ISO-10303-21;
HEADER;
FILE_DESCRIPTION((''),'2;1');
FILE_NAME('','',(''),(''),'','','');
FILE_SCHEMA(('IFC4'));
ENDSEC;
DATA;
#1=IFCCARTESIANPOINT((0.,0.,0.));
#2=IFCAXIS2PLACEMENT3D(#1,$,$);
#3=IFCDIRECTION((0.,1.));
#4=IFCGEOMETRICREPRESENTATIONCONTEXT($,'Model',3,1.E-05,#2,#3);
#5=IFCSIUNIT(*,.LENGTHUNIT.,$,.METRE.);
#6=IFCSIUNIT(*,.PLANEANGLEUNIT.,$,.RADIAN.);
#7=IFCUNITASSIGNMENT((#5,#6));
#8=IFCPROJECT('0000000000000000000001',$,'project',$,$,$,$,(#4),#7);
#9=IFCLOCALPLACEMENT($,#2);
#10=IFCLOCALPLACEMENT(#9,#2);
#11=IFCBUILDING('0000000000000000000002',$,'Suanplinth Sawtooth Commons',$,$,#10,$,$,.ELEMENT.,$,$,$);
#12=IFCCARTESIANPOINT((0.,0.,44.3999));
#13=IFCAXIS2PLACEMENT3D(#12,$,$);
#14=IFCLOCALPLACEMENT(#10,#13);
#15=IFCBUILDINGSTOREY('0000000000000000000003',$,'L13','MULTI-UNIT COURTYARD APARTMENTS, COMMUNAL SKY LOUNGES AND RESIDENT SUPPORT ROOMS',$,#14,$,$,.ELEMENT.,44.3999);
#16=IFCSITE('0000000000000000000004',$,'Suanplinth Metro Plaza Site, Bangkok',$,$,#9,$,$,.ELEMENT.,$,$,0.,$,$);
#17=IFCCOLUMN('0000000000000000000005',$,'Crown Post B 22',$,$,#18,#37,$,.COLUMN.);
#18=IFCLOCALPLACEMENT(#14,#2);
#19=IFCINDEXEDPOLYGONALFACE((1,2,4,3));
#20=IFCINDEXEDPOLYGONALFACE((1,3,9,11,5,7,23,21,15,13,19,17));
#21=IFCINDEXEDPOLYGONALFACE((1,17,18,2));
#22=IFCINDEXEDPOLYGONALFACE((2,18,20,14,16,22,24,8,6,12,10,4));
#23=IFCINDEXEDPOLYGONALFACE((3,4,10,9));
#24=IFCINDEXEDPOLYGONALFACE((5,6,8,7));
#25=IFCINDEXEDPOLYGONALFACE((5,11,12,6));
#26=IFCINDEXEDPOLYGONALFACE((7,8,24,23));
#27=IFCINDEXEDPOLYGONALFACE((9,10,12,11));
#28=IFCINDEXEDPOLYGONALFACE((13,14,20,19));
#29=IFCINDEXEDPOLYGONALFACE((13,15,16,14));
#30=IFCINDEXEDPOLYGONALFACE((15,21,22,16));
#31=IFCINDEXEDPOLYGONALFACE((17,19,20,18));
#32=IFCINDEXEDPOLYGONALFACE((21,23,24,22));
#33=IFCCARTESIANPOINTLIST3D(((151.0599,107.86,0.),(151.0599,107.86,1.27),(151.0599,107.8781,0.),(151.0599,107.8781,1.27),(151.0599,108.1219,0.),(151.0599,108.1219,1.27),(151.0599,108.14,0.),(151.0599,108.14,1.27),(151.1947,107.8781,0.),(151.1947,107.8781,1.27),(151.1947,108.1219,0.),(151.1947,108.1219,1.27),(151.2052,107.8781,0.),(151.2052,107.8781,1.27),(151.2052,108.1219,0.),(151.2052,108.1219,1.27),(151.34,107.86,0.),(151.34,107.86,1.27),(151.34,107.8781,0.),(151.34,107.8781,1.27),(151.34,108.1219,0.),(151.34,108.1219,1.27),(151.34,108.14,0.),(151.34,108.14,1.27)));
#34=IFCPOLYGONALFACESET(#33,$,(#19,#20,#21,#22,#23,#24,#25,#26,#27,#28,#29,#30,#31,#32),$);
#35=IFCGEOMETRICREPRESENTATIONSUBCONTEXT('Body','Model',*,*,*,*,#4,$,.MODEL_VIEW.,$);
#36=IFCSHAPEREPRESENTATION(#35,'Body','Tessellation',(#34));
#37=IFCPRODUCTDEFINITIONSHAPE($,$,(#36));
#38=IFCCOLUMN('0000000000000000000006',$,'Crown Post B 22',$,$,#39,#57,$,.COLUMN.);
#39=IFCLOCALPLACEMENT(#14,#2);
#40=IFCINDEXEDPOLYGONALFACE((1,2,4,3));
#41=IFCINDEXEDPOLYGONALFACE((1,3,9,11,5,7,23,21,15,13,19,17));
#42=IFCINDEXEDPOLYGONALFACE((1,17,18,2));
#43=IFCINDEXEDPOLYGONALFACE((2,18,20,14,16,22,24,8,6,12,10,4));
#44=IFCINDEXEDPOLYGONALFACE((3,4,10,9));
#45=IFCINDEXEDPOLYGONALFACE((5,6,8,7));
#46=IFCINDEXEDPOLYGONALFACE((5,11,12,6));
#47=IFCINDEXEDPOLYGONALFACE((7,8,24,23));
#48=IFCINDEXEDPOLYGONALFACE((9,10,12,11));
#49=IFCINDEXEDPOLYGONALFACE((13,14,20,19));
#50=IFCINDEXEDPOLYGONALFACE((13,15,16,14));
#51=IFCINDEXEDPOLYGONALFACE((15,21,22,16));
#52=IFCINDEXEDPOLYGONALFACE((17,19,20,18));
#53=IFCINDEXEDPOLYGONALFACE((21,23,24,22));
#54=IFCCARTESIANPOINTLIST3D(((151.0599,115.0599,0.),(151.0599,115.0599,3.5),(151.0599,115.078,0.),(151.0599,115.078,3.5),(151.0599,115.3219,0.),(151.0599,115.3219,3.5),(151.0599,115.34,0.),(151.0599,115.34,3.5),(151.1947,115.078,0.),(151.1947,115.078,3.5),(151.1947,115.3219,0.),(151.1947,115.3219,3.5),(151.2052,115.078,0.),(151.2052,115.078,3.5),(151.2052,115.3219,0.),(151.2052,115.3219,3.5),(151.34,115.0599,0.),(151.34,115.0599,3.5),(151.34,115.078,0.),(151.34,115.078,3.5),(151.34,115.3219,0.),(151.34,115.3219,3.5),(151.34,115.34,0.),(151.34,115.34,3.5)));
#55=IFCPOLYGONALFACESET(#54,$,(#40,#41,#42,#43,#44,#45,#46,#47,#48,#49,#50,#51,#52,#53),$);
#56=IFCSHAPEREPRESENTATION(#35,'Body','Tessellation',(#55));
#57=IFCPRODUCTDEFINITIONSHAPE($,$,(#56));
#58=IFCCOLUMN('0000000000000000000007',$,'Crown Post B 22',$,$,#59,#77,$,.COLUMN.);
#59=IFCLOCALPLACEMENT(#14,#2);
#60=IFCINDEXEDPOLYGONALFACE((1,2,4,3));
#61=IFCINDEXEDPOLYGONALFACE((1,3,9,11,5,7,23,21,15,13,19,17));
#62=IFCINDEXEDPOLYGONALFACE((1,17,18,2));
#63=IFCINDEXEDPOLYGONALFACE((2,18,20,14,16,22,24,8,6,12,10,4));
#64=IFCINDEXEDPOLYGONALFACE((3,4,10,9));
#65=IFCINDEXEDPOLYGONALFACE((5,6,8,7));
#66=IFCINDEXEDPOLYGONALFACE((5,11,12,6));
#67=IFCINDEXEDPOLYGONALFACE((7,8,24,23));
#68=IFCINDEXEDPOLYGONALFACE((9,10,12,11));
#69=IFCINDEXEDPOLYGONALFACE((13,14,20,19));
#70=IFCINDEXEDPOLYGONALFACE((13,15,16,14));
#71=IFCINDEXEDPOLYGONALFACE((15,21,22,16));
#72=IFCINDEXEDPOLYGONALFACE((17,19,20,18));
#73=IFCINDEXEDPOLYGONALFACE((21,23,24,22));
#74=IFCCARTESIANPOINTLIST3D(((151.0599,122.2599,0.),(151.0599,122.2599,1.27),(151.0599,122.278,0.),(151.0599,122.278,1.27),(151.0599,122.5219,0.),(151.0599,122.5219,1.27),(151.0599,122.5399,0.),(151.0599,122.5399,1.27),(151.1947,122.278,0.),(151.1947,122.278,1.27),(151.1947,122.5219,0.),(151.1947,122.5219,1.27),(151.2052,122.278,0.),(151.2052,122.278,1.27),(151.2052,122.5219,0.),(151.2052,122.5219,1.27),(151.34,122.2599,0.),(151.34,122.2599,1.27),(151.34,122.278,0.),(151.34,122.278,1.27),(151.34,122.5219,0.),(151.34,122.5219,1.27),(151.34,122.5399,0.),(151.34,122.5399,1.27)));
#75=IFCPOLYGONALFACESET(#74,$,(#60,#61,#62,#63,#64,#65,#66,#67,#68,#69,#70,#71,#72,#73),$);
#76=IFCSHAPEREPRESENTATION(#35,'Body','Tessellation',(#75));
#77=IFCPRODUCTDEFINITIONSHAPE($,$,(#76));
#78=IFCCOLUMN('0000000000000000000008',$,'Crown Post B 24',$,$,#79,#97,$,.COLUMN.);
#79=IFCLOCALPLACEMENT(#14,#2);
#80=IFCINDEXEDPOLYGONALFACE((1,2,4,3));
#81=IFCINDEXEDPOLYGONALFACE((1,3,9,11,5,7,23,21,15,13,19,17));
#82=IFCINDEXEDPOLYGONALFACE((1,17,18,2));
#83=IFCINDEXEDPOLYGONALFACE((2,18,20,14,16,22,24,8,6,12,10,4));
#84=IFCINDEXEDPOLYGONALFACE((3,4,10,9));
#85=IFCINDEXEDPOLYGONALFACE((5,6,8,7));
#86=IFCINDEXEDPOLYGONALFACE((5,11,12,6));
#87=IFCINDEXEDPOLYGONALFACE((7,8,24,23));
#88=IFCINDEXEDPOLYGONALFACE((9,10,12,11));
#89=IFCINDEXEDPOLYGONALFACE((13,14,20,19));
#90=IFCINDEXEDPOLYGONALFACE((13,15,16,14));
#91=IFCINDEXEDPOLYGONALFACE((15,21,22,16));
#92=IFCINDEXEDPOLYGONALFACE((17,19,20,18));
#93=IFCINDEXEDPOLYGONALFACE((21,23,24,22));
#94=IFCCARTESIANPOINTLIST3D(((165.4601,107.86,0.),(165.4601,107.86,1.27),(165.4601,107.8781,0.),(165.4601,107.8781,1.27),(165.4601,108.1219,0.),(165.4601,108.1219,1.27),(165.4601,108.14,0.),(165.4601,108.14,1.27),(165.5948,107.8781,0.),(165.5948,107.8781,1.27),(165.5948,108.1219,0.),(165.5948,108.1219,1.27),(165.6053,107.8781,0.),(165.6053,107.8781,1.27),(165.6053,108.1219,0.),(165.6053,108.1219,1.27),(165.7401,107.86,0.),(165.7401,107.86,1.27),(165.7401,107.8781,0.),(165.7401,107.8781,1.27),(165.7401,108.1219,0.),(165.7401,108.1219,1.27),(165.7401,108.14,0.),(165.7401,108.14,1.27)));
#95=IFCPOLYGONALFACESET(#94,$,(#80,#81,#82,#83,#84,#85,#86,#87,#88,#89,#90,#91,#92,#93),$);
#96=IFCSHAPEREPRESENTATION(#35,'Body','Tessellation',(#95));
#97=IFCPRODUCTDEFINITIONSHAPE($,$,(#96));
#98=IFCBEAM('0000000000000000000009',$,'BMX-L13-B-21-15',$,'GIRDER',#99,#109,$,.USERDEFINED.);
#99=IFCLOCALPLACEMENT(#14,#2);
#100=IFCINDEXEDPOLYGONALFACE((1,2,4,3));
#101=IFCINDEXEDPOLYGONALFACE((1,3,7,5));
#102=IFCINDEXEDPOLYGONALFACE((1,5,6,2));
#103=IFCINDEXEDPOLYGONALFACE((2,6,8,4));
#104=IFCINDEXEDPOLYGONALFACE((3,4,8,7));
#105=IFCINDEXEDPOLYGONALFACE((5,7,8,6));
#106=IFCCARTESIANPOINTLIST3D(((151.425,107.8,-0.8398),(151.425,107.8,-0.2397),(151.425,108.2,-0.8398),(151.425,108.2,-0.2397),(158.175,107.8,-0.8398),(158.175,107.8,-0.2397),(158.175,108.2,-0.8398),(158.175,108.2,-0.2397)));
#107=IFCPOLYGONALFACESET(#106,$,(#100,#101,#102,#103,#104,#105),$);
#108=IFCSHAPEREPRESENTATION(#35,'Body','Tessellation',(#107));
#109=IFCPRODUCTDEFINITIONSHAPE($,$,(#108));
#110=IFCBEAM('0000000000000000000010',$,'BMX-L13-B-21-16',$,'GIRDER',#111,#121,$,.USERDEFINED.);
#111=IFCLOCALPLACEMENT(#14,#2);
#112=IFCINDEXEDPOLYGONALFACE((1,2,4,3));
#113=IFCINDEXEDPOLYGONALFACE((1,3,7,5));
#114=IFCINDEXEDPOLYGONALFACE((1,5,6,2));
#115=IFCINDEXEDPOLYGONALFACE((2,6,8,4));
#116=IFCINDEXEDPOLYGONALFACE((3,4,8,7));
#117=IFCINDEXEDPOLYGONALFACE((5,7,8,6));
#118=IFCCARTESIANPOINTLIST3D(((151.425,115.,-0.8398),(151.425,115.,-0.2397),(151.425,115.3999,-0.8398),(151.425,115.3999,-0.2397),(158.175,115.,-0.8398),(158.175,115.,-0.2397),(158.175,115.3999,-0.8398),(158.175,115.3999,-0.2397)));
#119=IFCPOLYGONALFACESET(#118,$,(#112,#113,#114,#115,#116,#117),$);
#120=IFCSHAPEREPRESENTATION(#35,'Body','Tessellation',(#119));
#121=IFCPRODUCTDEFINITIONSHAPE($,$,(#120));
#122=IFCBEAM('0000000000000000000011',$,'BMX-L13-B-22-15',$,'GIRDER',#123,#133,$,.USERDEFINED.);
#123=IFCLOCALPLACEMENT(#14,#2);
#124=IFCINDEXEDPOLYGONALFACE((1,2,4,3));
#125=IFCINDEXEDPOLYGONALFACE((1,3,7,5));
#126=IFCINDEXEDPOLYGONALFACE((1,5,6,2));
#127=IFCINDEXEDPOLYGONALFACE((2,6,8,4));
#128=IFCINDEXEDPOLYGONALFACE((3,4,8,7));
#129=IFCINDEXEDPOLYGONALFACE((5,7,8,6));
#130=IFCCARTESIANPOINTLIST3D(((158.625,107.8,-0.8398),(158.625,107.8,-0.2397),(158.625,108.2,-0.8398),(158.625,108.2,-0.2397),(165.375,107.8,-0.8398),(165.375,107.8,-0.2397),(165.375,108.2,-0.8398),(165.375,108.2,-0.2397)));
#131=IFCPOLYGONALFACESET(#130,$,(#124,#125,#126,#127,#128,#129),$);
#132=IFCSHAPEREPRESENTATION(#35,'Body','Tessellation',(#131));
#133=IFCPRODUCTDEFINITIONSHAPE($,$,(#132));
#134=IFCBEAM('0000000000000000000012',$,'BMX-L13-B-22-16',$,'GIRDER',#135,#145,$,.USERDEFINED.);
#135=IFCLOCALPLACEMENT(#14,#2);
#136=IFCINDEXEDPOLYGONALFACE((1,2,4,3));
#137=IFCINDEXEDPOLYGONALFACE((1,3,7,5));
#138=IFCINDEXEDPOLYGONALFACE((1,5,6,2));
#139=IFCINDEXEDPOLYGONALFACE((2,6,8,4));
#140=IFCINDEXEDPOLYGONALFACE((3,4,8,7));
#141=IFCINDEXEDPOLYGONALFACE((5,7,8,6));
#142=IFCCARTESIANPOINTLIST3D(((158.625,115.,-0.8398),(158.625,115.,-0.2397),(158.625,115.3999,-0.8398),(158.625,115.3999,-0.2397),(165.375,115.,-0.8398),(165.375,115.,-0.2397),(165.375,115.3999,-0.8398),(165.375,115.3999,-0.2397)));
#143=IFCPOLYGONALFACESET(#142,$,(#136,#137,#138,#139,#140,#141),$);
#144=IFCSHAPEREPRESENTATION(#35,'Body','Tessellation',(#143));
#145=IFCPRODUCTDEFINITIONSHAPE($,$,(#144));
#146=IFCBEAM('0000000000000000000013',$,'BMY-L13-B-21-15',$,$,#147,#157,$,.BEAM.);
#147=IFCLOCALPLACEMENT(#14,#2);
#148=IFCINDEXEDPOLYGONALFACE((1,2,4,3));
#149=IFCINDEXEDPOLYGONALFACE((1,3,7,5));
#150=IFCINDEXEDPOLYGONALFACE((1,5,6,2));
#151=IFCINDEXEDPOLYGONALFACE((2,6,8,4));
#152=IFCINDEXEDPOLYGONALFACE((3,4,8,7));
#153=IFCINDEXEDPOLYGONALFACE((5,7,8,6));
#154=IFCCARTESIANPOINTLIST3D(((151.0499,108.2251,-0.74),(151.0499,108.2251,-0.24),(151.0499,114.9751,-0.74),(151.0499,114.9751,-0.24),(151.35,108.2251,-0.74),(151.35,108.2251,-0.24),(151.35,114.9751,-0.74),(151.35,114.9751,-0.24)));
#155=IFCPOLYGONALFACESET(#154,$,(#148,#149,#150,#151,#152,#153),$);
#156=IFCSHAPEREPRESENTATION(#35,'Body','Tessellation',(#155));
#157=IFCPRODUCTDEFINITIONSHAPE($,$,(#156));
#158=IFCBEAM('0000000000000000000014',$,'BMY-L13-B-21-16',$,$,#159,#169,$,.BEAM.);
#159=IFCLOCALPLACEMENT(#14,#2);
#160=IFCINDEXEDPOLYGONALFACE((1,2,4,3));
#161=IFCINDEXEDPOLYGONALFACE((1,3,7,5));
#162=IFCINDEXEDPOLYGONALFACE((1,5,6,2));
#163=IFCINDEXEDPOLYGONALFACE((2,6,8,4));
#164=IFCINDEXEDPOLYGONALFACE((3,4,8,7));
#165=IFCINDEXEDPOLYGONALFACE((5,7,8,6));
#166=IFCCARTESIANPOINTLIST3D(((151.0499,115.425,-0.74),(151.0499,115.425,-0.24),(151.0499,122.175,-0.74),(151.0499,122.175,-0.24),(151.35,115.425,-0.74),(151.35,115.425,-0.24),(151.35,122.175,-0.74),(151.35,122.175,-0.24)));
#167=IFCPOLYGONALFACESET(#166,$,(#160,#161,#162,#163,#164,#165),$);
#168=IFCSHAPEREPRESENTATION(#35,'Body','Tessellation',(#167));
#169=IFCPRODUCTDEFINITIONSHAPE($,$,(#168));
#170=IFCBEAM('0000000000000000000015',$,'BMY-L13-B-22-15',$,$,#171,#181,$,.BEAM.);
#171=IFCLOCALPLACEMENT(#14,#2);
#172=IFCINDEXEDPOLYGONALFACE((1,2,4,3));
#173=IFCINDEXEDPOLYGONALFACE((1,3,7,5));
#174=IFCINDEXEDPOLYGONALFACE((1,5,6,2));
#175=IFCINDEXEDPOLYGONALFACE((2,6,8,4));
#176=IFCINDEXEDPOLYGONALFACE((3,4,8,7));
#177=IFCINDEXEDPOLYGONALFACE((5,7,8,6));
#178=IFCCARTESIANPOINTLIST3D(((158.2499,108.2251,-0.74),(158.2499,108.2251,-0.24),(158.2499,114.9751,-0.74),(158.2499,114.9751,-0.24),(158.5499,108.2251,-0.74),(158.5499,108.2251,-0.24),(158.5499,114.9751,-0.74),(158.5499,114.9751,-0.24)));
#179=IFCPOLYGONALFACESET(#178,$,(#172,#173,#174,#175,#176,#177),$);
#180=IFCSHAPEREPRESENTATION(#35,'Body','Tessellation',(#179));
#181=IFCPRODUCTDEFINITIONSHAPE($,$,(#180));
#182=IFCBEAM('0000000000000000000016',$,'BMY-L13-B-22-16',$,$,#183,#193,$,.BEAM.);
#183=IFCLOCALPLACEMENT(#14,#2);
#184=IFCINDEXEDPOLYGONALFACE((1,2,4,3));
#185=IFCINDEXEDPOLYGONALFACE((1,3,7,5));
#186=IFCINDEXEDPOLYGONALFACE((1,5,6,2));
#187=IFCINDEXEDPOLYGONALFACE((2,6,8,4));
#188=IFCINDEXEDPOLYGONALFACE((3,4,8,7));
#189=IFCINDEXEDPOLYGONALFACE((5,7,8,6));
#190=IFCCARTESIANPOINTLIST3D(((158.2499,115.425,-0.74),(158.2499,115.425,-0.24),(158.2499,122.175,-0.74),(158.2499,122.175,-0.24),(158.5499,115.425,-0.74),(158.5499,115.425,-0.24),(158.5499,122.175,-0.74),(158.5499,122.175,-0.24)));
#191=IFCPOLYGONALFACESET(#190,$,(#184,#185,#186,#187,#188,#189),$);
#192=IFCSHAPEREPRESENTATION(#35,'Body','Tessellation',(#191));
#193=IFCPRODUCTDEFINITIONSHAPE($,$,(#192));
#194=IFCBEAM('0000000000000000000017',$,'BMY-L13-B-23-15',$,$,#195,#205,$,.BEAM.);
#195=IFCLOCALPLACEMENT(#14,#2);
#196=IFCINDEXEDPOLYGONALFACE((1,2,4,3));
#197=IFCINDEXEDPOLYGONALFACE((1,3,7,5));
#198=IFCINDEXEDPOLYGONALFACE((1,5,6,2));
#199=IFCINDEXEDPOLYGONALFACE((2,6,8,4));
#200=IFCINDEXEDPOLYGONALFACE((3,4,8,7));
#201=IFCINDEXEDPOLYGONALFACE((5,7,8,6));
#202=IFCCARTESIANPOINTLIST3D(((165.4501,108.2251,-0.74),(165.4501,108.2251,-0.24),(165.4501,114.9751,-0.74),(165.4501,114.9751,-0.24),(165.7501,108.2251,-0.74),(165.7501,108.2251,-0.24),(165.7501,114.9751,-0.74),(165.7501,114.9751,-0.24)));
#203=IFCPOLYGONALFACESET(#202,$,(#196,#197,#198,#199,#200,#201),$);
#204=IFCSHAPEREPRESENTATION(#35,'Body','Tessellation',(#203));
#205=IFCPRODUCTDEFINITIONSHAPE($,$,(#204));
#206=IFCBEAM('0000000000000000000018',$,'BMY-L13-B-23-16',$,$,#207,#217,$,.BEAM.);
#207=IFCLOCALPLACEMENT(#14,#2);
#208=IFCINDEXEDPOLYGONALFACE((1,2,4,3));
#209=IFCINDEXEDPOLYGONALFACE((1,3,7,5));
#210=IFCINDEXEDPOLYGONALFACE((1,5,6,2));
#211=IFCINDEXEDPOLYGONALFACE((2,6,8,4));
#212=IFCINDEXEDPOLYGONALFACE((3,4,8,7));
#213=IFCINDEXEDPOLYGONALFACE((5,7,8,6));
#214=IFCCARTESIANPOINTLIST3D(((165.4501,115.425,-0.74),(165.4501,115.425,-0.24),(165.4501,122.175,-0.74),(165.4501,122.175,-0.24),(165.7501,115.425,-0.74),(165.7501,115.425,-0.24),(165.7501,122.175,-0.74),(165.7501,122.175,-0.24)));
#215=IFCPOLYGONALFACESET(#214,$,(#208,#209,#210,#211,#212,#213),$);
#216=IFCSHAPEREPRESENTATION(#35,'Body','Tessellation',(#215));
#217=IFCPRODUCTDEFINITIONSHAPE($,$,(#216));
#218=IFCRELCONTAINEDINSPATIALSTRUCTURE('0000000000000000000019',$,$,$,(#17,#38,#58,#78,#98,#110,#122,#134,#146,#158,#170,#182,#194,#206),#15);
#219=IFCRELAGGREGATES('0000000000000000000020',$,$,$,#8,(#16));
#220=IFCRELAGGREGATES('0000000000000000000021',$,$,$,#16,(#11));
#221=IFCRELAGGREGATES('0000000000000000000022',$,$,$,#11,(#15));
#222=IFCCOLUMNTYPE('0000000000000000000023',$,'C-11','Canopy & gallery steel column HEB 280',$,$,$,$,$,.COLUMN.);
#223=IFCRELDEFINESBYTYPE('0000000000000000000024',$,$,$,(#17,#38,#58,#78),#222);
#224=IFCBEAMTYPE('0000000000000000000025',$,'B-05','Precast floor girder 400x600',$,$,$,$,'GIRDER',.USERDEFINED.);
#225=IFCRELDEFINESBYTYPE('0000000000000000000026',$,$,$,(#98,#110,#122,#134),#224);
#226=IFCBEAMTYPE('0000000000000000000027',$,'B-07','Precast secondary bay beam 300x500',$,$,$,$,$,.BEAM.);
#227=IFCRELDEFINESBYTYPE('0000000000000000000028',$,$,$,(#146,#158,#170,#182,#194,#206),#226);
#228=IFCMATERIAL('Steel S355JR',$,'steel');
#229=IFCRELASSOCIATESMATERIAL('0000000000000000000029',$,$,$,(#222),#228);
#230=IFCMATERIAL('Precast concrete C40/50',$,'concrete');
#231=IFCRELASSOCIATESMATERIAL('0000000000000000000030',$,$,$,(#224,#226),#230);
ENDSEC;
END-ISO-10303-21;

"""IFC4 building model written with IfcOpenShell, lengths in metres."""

from ifc_helpers import new_model, si_unit, direction, frame, origin, origin_2d, place, context, subcontext, project, spatial, rectangle, i_section, extrude, material, material_profile, profile_set, type_object, element, save


model = new_model("IFC4")

# Units and contexts
model_context = context("Model", 3, precision=1e-05, world=origin(), true_north=direction((0.0, 1.0)))
body_context = subcontext(model_context, "Body", "Model", "MODEL_VIEW")
ifc_project = project(units=[si_unit("LENGTHUNIT", "METRE"), si_unit("PLANEANGLEUNIT", "RADIAN")], contexts=[model_context])

# Site, building, storey
site_placement = place(None, origin())
site = spatial("IfcSite", under=ifc_project, at=site_placement, Name="Suanplinth Metro Plaza Site, Bangkok", CompositionType="ELEMENT", RefElevation=0.0)
building_placement = place(site_placement, origin())
building = spatial("IfcBuilding", under=site, at=building_placement, Name="Suanplinth Sawtooth Commons", CompositionType="ELEMENT")
storey_placement = place(building_placement, frame((0.0, 0.0, 44.3999)))
storey = spatial("IfcBuildingStorey", under=building, at=storey_placement, Name="L13", Description="MULTI-UNIT COURTYARD APARTMENTS, COMMUNAL SKY LOUNGES AND RESIDENT SUPPORT ROOMS", CompositionType="ELEMENT", Elevation=44.3999)

# Columns
ifc_material_1 = material(Name="Steel S355JR", Category="steel")
ifc_material_profile_1 = material_profile(ifc_material_1, i_section(OverallWidth=0.28, OverallDepth=0.28, WebThickness=0.0105, FlangeThickness=0.0181, at=origin_2d()), Name="HEB 280")
ifc_profile_set_1 = profile_set([ifc_material_profile_1], Name="Steel S355JR")
column_type = type_object("IfcColumnType", Name="C-11", Description="Canopy & gallery steel column HEB 280", PredefinedType="COLUMN", material=ifc_profile_set_1)
column_1_placement = place(storey_placement, frame((151.2, 108.0, 0.0), z_axis=(0.0, 0.0, 1.0), x_axis=(1.0, 0.0, 0.0)))
element("IfcColumn", 1, at=column_1_placement, inside=storey, type_object=column_type, Name="Crown Post B 22", PredefinedType="COLUMN", context=body_context, shape_type="SweptSolid", body=[
    extrude(i_section(OverallWidth=0.28, OverallDepth=0.28, WebThickness=0.0105, FlangeThickness=0.0181, at=origin_2d()), origin(), (0.0, 0.0, 1.0), 1.27),
])
column_2_placement = place(storey_placement, frame((151.2, 115.2, 0.0), z_axis=(0.0, 0.0, 1.0), x_axis=(1.0, 0.0, 0.0)))
element("IfcColumn", 2, at=column_2_placement, inside=storey, type_object=column_type, Name="Crown Post B 22", PredefinedType="COLUMN", context=body_context, shape_type="SweptSolid", body=[
    extrude(i_section(OverallWidth=0.28, OverallDepth=0.28, WebThickness=0.0105, FlangeThickness=0.0181, at=origin_2d()), origin(), (0.0, 0.0, 1.0), 3.5),
])
for number, where, z_axis, x_axis, name in (
    (3, (151.2, 122.3999, 0.0), (0.0, 0.0, 1.0), (1.0, 0.0, 0.0), "Crown Post B 22"),
    (4, (165.6001, 108.0, 0.0), (0.0, 0.0, 1.0), (1.0, 0.0, 0.0), "Crown Post B 24"),
):
    element("IfcColumn", number, at=place(storey_placement, frame(where, z_axis=z_axis, x_axis=x_axis)), inside=storey, type_object=column_type, Name=name, PredefinedType="COLUMN", context=body_context, shape_type="SweptSolid", body=[
        extrude(i_section(OverallWidth=0.28, OverallDepth=0.28, WebThickness=0.0105, FlangeThickness=0.0181, at=origin_2d()), origin(), (0.0, 0.0, 1.0), 1.27),
    ])

# Beams
ifc_material_2 = material(Name="Precast concrete C40/50", Category="concrete")
ifc_material_profile_2 = material_profile(ifc_material_2, rectangle(XDim=0.3999, YDim=0.6001, at=origin_2d()), Name="PC-GDR 400x600")
ifc_profile_set_2 = profile_set([ifc_material_profile_2], Name="Precast concrete C40/50")
beam_type_1 = type_object("IfcBeamType", Name="B-05", Description="Precast floor girder 400x600", ElementType="GIRDER", PredefinedType="USERDEFINED", material=ifc_profile_set_2)
for number, where, z_axis, x_axis, name in (
    (5, (151.425, 108.0, -0.5398), (1.0, 0.0, 0.0), (0.0, 1.0, 0.0), "BMX-L13-B-21-15"),
    (6, (151.425, 115.2, -0.5398), (1.0, 0.0, 0.0), (0.0, 1.0, 0.0), "BMX-L13-B-21-16"),
    (7, (158.625, 108.0, -0.5398), (1.0, 0.0, 0.0), (0.0, 1.0, 0.0), "BMX-L13-B-22-15"),
    (8, (158.625, 115.2, -0.5398), (1.0, 0.0, 0.0), (0.0, 1.0, 0.0), "BMX-L13-B-22-16"),
):
    element("IfcBeam", number, at=place(storey_placement, frame(where, z_axis=z_axis, x_axis=x_axis)), inside=storey, type_object=beam_type_1, Name=name, ObjectType="GIRDER", PredefinedType="USERDEFINED", context=body_context, shape_type="SweptSolid", body=[
        extrude(rectangle(XDim=0.3999, YDim=0.6001, at=origin_2d()), origin(), (0.0, 0.0, 1.0), 6.75),
    ])
ifc_material_profile_3 = material_profile(ifc_material_2, rectangle(XDim=0.3, YDim=0.5, at=origin_2d()), Name="PC-BM 300x500")
ifc_profile_set_3 = profile_set([ifc_material_profile_3], Name="Precast concrete C40/50")
beam_type_2 = type_object("IfcBeamType", Name="B-07", Description="Precast secondary bay beam 300x500", PredefinedType="BEAM", material=ifc_profile_set_3)
for number, where, z_axis, x_axis, name in (
    (9, (151.2, 108.2251, -0.49), (0.0, 1.0, 0.0), (-1.0, 0.0, 0.0), "BMY-L13-B-21-15"),
    (10, (151.2, 115.425, -0.49), (0.0, 1.0, 0.0), (-1.0, 0.0, 0.0), "BMY-L13-B-21-16"),
    (11, (158.3999, 108.2251, -0.49), (0.0, 1.0, 0.0), (-1.0, 0.0, 0.0), "BMY-L13-B-22-15"),
    (12, (158.3999, 115.425, -0.49), (0.0, 1.0, 0.0), (-1.0, 0.0, 0.0), "BMY-L13-B-22-16"),
    (13, (165.6001, 108.2251, -0.49), (0.0, 1.0, 0.0), (-1.0, 0.0, 0.0), "BMY-L13-B-23-15"),
    (14, (165.6001, 115.425, -0.49), (0.0, 1.0, 0.0), (-1.0, 0.0, 0.0), "BMY-L13-B-23-16"),
):
    element("IfcBeam", number, at=place(storey_placement, frame(where, z_axis=z_axis, x_axis=x_axis)), inside=storey, type_object=beam_type_2, Name=name, PredefinedType="BEAM", context=body_context, shape_type="SweptSolid", body=[
        extrude(rectangle(XDim=0.3, YDim=0.5, at=origin_2d()), origin(), (0.0, 0.0, 1.0), 6.75),
    ])

save(model, "model.ifc")
